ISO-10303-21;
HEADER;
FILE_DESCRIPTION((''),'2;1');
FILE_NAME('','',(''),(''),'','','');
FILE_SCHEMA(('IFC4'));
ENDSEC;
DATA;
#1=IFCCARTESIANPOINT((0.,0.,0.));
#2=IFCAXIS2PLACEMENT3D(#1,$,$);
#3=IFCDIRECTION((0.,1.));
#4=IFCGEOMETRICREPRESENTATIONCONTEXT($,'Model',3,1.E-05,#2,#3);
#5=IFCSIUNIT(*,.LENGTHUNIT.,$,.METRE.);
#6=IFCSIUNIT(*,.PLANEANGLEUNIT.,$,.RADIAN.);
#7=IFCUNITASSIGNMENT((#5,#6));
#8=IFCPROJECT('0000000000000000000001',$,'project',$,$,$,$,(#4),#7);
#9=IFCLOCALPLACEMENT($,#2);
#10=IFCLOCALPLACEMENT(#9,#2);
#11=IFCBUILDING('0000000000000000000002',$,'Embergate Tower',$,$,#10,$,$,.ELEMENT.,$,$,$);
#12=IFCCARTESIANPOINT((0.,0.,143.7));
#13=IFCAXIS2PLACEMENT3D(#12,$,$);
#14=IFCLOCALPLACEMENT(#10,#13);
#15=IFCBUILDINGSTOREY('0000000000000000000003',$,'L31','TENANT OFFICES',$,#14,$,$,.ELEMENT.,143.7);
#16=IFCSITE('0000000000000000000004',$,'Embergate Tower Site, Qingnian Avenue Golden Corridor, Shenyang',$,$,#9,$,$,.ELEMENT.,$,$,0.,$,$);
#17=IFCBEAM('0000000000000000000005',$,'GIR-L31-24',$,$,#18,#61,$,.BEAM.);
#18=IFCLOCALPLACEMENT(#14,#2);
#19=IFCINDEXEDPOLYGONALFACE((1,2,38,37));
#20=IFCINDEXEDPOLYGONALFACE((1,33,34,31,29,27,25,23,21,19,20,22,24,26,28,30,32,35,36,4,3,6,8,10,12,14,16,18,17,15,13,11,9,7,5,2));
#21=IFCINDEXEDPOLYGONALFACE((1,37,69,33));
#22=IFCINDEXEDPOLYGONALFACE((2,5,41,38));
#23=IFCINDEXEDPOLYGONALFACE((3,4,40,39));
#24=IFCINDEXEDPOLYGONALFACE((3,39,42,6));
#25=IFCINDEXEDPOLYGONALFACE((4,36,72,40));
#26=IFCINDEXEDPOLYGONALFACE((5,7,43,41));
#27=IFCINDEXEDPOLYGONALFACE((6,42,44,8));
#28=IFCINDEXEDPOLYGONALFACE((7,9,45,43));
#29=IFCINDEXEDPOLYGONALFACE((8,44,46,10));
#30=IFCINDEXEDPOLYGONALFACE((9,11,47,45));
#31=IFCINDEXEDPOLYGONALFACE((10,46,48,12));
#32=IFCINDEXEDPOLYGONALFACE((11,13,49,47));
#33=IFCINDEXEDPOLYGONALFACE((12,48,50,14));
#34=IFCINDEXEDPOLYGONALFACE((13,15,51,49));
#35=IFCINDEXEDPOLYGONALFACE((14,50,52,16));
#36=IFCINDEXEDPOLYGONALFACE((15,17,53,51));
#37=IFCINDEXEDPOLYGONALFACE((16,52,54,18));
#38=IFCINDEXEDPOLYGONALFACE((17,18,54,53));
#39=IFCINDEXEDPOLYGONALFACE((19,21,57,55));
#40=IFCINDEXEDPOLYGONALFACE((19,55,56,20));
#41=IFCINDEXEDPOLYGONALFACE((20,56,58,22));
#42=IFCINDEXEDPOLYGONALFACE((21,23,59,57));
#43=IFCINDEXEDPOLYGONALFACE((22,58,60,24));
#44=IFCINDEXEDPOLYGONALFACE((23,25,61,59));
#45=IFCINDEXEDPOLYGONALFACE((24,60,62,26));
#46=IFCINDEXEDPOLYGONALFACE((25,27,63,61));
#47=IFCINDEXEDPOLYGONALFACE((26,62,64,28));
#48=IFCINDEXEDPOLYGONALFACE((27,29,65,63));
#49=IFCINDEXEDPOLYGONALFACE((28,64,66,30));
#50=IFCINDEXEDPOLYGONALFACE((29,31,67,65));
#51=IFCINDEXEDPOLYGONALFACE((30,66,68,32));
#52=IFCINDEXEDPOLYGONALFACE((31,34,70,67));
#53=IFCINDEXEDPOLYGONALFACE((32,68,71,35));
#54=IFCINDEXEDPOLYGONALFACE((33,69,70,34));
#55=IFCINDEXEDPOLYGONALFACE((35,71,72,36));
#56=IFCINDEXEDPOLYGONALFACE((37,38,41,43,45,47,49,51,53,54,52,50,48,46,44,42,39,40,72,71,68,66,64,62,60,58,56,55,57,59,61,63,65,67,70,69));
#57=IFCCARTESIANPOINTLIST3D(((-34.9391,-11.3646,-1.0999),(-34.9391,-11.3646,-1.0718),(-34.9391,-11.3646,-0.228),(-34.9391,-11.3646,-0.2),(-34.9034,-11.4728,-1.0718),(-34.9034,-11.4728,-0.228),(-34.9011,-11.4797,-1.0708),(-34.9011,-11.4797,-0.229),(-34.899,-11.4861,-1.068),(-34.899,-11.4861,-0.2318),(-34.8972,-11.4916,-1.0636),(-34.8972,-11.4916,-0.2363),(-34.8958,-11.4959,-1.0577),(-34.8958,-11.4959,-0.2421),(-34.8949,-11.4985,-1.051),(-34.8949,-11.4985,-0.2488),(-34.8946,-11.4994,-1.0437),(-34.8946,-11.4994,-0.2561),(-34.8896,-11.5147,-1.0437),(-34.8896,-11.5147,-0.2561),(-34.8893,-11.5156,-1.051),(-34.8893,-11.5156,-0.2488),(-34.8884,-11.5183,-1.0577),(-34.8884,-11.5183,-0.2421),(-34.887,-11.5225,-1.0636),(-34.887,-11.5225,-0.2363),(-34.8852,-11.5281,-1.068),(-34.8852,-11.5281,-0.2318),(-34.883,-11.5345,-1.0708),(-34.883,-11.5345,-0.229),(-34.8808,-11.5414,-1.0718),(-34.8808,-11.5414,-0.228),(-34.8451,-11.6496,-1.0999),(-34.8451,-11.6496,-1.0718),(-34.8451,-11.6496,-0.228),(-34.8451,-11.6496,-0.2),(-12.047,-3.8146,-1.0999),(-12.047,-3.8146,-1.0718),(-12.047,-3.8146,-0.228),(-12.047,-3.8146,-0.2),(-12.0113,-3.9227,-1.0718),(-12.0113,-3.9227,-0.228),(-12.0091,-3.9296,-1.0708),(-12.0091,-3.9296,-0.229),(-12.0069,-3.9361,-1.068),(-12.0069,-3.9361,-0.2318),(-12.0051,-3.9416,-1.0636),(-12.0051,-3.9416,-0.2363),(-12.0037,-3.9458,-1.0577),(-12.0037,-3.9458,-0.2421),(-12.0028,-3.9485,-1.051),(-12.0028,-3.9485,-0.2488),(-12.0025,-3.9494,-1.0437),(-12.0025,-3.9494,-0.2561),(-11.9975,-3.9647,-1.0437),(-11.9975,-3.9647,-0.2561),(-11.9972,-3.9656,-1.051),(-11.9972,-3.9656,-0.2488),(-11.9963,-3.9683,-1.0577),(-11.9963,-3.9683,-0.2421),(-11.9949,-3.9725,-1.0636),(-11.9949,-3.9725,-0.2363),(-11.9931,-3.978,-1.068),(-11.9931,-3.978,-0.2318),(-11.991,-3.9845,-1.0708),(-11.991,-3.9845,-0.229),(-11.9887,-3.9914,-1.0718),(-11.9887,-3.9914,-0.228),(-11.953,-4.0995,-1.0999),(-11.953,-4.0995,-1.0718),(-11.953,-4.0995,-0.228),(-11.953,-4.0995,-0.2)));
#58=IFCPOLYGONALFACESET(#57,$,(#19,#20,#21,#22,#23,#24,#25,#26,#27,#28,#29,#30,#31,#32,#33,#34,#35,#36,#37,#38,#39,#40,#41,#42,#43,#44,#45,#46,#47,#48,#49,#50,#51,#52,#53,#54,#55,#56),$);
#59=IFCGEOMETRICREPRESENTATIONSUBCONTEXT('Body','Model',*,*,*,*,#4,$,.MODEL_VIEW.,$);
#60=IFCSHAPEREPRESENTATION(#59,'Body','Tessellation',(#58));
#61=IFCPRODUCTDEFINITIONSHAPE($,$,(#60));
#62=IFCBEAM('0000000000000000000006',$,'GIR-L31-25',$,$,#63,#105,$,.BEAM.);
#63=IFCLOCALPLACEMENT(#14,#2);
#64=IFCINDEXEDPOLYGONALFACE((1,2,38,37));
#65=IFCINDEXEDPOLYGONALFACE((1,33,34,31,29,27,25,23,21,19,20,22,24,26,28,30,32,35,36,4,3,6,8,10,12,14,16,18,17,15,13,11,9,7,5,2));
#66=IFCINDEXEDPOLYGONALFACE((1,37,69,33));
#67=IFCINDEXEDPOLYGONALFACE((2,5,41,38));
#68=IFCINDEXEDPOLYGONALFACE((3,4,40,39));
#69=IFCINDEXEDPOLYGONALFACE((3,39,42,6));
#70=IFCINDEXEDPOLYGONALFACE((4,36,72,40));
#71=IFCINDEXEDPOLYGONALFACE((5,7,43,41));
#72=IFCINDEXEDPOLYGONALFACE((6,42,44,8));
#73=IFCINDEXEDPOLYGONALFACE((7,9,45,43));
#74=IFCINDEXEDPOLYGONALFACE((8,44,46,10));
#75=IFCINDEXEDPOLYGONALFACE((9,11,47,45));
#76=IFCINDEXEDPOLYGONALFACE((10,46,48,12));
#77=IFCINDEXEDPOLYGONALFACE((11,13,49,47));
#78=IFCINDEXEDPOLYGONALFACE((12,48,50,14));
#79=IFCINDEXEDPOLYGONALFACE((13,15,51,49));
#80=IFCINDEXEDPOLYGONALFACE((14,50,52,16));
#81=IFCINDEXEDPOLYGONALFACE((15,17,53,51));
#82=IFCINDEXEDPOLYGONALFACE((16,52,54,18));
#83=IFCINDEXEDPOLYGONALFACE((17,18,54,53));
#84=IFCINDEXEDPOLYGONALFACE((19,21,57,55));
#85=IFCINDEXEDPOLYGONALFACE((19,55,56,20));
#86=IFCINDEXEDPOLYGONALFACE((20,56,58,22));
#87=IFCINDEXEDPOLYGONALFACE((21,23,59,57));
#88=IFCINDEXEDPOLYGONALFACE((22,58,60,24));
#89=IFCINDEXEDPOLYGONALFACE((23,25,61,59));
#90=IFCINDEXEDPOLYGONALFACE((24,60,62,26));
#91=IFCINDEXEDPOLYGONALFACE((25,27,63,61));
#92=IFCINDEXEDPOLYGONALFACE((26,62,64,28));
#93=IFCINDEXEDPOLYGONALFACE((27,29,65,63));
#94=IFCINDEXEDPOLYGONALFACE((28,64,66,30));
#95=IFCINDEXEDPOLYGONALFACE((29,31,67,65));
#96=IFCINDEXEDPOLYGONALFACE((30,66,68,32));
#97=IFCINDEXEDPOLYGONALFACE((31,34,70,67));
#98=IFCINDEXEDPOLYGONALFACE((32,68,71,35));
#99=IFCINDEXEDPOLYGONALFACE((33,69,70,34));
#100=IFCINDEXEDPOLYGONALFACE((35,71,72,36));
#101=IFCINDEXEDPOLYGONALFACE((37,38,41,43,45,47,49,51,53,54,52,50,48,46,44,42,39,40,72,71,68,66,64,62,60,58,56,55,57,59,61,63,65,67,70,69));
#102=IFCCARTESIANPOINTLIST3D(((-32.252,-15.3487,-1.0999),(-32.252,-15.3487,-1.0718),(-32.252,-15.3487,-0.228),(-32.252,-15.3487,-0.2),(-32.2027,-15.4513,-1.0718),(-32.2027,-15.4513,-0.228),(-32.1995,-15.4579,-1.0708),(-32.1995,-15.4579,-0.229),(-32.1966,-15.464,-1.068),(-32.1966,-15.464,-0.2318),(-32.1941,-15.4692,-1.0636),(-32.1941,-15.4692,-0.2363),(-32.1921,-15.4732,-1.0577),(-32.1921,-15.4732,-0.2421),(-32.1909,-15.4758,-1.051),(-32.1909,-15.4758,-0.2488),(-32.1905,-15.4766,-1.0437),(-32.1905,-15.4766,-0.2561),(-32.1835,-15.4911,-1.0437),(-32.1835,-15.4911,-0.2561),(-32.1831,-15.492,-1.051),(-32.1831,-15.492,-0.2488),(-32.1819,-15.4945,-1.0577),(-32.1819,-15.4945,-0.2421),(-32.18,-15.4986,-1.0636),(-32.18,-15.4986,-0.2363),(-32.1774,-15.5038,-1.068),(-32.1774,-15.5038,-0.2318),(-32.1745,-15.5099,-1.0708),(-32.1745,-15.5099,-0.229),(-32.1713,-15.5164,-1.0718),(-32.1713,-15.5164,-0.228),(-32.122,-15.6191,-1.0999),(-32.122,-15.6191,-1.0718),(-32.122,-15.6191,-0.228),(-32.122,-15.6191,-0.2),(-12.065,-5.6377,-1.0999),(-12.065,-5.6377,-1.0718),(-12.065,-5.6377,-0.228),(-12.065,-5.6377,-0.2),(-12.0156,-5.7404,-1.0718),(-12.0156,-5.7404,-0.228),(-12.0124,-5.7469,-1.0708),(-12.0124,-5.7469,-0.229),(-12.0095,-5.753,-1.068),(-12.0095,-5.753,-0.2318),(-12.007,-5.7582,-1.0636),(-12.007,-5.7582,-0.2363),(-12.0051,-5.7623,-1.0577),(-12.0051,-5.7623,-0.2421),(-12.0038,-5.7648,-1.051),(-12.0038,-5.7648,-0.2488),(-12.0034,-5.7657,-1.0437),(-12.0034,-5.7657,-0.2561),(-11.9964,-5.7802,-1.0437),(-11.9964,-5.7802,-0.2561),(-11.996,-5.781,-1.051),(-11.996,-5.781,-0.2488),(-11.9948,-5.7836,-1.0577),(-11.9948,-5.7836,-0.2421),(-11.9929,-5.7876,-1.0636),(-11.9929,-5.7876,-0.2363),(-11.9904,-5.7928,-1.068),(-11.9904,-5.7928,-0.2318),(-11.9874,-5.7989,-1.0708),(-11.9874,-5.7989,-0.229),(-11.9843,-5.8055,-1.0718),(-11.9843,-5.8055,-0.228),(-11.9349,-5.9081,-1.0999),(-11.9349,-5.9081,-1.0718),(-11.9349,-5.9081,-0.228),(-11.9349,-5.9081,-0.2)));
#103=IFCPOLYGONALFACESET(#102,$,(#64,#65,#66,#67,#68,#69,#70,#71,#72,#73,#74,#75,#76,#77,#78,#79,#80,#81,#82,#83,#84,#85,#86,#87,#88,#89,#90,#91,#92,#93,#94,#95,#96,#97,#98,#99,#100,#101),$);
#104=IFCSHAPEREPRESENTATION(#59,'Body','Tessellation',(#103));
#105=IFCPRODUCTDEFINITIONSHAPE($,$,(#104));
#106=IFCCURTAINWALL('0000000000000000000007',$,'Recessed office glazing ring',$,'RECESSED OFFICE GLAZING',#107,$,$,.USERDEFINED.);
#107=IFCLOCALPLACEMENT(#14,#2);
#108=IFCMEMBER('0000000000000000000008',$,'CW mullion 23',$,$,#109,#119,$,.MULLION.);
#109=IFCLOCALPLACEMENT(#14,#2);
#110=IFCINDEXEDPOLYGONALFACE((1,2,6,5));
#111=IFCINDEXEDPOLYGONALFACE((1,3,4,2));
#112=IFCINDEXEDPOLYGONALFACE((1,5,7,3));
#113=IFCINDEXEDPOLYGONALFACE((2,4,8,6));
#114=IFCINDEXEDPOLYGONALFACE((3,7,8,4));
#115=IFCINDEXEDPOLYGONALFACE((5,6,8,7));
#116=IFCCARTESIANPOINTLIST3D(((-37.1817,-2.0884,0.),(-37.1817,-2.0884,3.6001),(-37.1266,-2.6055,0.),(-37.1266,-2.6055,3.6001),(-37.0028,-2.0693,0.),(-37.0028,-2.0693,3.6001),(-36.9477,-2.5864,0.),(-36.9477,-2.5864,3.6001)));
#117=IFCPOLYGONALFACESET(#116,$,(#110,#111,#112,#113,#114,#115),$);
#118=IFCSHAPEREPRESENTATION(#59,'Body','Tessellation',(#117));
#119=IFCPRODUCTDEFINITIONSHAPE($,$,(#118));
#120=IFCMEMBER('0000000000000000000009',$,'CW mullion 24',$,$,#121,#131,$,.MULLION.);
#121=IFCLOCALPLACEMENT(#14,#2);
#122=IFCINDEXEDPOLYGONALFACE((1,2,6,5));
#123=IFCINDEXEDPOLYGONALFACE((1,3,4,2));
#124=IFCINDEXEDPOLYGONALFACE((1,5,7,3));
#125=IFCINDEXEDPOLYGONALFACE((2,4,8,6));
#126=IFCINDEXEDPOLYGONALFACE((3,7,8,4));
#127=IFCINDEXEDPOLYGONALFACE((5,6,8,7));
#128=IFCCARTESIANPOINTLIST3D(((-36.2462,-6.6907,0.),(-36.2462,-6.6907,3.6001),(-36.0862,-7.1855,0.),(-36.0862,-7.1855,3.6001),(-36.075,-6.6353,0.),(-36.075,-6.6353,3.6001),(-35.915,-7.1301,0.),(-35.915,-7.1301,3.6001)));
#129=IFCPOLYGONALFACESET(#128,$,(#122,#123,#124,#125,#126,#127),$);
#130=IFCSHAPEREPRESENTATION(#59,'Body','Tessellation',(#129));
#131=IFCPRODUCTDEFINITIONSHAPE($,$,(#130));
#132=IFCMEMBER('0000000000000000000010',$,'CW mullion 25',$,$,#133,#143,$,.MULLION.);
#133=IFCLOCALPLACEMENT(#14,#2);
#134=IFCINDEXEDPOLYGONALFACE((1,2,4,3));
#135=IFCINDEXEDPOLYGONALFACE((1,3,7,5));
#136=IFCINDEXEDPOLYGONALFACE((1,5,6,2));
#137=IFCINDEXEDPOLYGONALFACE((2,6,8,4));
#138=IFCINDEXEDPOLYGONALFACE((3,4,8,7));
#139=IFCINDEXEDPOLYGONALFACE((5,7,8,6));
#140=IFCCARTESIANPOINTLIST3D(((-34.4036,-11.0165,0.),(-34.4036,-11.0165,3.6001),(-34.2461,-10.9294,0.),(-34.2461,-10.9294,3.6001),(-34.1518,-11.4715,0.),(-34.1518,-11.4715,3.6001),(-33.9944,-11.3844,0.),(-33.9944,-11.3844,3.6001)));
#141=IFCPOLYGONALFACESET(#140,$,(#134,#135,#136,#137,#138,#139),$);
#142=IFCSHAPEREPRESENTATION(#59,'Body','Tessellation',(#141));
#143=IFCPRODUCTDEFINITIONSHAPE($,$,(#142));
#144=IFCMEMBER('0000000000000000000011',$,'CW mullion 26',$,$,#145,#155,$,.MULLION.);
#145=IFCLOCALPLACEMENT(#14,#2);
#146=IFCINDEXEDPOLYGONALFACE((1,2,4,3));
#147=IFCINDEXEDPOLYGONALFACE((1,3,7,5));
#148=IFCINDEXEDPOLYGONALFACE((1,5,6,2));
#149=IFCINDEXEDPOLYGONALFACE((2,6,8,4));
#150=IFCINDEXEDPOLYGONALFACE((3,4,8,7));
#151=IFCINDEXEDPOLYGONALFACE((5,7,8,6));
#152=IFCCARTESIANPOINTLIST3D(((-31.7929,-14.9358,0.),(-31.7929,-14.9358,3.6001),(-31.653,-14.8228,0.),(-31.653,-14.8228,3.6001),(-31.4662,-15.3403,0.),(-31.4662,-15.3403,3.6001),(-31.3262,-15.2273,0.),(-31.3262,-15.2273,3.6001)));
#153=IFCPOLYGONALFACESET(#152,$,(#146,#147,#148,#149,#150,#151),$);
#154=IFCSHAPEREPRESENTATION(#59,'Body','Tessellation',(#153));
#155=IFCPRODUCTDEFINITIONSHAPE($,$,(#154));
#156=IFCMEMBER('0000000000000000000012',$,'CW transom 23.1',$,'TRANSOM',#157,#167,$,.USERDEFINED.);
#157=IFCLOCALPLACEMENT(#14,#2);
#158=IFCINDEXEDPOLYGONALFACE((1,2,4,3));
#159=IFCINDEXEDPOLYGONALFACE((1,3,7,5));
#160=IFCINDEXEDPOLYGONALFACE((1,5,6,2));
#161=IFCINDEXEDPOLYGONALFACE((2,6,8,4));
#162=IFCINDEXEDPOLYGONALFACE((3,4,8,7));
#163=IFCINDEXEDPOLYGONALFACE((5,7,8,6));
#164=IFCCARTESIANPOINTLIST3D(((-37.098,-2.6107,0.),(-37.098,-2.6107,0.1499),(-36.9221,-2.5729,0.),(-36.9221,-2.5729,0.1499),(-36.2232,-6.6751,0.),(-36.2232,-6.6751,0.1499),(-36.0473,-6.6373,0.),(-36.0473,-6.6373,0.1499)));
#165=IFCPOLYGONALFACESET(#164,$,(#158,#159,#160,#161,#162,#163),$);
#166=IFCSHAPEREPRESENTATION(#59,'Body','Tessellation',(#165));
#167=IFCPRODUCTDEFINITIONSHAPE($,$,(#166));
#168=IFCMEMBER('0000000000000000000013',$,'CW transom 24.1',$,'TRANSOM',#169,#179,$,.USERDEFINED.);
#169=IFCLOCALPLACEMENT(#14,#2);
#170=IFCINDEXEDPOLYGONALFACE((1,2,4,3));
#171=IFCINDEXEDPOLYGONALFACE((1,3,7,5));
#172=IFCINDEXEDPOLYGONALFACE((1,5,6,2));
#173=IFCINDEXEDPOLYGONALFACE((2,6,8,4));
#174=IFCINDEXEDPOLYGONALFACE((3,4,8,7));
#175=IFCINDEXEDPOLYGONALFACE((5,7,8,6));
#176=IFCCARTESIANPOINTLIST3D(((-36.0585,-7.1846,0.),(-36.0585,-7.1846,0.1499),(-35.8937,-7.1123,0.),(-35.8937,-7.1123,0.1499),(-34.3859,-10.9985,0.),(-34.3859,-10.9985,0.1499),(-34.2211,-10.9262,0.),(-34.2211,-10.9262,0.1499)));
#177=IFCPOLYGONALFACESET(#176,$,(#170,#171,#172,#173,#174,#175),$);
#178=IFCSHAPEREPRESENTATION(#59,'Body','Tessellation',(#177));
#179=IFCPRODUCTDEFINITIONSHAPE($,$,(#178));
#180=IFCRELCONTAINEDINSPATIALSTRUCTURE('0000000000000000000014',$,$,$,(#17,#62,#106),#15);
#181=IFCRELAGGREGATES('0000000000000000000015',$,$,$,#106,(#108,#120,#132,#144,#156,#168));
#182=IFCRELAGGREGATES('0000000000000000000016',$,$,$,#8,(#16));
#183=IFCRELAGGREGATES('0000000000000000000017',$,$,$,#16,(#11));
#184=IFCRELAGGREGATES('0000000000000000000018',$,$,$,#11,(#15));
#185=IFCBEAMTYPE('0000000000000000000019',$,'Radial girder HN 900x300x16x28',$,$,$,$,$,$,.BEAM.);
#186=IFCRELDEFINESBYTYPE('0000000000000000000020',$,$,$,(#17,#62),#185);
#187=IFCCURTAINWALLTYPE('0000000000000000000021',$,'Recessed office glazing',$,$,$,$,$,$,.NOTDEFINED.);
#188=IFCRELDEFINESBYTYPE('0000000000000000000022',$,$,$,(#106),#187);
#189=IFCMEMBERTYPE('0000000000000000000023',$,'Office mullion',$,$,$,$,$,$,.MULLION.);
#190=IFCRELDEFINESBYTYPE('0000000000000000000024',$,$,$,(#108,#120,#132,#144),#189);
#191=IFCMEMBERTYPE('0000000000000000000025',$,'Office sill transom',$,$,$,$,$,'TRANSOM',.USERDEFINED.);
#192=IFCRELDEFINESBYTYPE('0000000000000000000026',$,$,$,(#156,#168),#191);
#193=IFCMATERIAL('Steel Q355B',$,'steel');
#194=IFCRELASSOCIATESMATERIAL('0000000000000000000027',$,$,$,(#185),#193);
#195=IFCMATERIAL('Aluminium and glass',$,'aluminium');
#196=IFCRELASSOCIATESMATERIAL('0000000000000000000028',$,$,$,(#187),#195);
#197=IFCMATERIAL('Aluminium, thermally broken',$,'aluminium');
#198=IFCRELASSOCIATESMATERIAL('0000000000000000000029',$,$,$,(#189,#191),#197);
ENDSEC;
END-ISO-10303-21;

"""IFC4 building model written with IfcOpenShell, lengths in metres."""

from ifc_helpers import new_model, si_unit, direction, frame, origin, origin_2d, place, context, subcontext, project, spatial, rectangle, i_section, extrude, source, transform, mapped, material, material_profile, profile_set, type_object, element, aggregate, save


model = new_model("IFC4")

# Units and contexts
model_context = context("Model", 3, precision=1e-05, world=origin(), true_north=direction((0.0, 1.0)))
body_context = subcontext(model_context, "Body", "Model", "MODEL_VIEW")
ifc_project = project(units=[si_unit("LENGTHUNIT", "METRE"), si_unit("PLANEANGLEUNIT", "RADIAN")], contexts=[model_context])

# Site, building, storey
site_placement = place(None, origin())
site = spatial("IfcSite", under=ifc_project, at=site_placement, Name="Embergate Tower Site, Qingnian Avenue Golden Corridor, Shenyang", CompositionType="ELEMENT", RefElevation=0.0)
building_placement = place(site_placement, origin())
building = spatial("IfcBuilding", under=site, at=building_placement, Name="Embergate Tower", CompositionType="ELEMENT")
storey_placement = place(building_placement, frame((0.0, 0.0, 143.7)))
storey = spatial("IfcBuildingStorey", under=building, at=storey_placement, Name="L31", Description="TENANT OFFICES", CompositionType="ELEMENT", Elevation=143.7)

# Beams
ifc_material_1 = material(Name="Steel Q355B", Category="steel")
ifc_material_profile_1 = material_profile(ifc_material_1, i_section(OverallWidth=0.3, OverallDepth=0.8999, WebThickness=0.0161, FlangeThickness=0.0281, FilletRadius=0.0281, at=origin_2d()), Name="HN 900x300x16x28")
ifc_profile_set_1 = profile_set([ifc_material_profile_1], Name="Steel Q355 grade B")
beam_type_1 = type_object("IfcBeamType", Name="Radial girder HN 900x300x16x28", PredefinedType="BEAM", material=ifc_profile_set_1)
shared_shape_1 = source(origin(), body_context, "Body", "SweptSolid", [
    extrude(i_section(OverallWidth=0.3, OverallDepth=0.8999, WebThickness=0.0161, FlangeThickness=0.0281, FilletRadius=0.0281, at=origin_2d()), origin(), (0.0, 0.0, 1.0), 24.105),
])
beam_1_placement = place(storey_placement, frame((-34.8921, -11.5071, -0.6499), z_axis=(0.949682, 0.313215, 0.0), x_axis=(-0.313215, 0.949682, 0.0)))
element("IfcBeam", 1, at=beam_1_placement, inside=storey, type_object=beam_type_1, Name="GIR-L31-24", PredefinedType="BEAM", context=body_context, shape_type="MappedRepresentation", body=[
    mapped(shared_shape_1, transform((0.0, 0.0, 0.0))),
])
shared_shape_2 = source(origin(), body_context, "Body", "SweptSolid", [
    extrude(i_section(OverallWidth=0.3, OverallDepth=0.8999, WebThickness=0.0161, FlangeThickness=0.0281, FilletRadius=0.0281, at=origin_2d()), origin(), (0.0, 0.0, 1.0), 22.4014),
])
beam_2_placement = place(storey_placement, frame((-32.187, -15.4839, -0.6499), z_axis=(0.901154, 0.433499, 0.0), x_axis=(-0.433499, 0.901154, 0.0)))
element("IfcBeam", 2, at=beam_2_placement, inside=storey, type_object=beam_type_1, Name="GIR-L31-25", PredefinedType="BEAM", context=body_context, shape_type="MappedRepresentation", body=[
    mapped(shared_shape_2, transform((0.0, 0.0, 0.0))),
])

# Curtain wall, members
ifc_material_2 = material(Name="Aluminium and glass", Category="aluminium")
curtain_wall_type = type_object("IfcCurtainWallType", Name="Recessed office glazing", PredefinedType="NOTDEFINED", material=ifc_material_2)
curtain_wall_placement = place(storey_placement, origin())
curtain_wall = element("IfcCurtainWall", 3, at=curtain_wall_placement, inside=storey, type_object=curtain_wall_type, Name="Recessed office glazing ring", ObjectType="RECESSED OFFICE GLAZING", PredefinedType="USERDEFINED")
ifc_material_3 = material(Name="Aluminium, thermally broken", Category="aluminium")
ifc_material_profile_2 = material_profile(ifc_material_3, rectangle(XDim=0.1799, YDim=0.52, at=origin_2d()), Name="AL 520x180")
ifc_profile_set_2 = profile_set([ifc_material_profile_2], Name="Aluminium, thermally broken")
member_type_1 = type_object("IfcMemberType", Name="Office mullion", PredefinedType="MULLION", material=ifc_profile_set_2)
shared_shape_3 = source(origin(), body_context, "Body", "SweptSolid", [
    extrude(rectangle(XDim=0.1799, YDim=0.52, at=origin_2d()), origin(), (0.0, 0.0, 1.0), 3.6001),
])
member_1_placement = place(storey_placement, frame((-37.0647, -2.3374, 0.0), z_axis=(0.0, 0.0, 1.0), x_axis=(0.994385, 0.105825, 0.0)))
member_1 = element("IfcMember", 4, at=member_1_placement, type_object=member_type_1, Name="CW mullion 23", PredefinedType="MULLION", context=body_context, shape_type="MappedRepresentation", body=[
    mapped(shared_shape_3, transform((0.0, 0.0, 0.0))),
])
member_2_placement = place(storey_placement, frame((-36.0806, -6.9104, 0.0), z_axis=(0.0, 0.0, 1.0), x_axis=(0.951496, 0.307661, 0.0)))
member_2 = element("IfcMember", 5, at=member_2_placement, type_object=member_type_1, Name="CW mullion 24", PredefinedType="MULLION", context=body_context, shape_type="MappedRepresentation", body=[
    mapped(shared_shape_3, transform((0.0, 0.0, 0.0))),
])
member_3_placement = place(storey_placement, frame((-34.199, -11.2004, 0.0), z_axis=(0.0, 0.0, 1.0), x_axis=(0.874999, 0.484126, 0.0)))
member_3 = element("IfcMember", 6, at=member_3_placement, type_object=member_type_1, Name="CW mullion 25", PredefinedType="MULLION", context=body_context, shape_type="MappedRepresentation", body=[
    mapped(shared_shape_3, transform((0.0, 0.0, 0.0))),
])
member_4_placement = place(storey_placement, frame((-31.5596, -15.0815, 0.0), z_axis=(0.0, 0.0, 1.0), x_axis=(0.777867, 0.628429, 0.0)))
member_4 = element("IfcMember", 7, at=member_4_placement, type_object=member_type_1, Name="CW mullion 26", PredefinedType="MULLION", context=body_context, shape_type="MappedRepresentation", body=[
    mapped(shared_shape_3, transform((0.0, 0.0, 0.0))),
])
ifc_material_profile_3 = material_profile(ifc_material_3, rectangle(XDim=0.1799, YDim=0.1499, at=origin_2d()), Name="AL 150x180")
ifc_profile_set_3 = profile_set([ifc_material_profile_3], Name="Aluminium, thermally broken")
member_type_2 = type_object("IfcMemberType", Name="Office sill transom", ElementType="TRANSOM", PredefinedType="USERDEFINED", material=ifc_profile_set_3)
shared_shape_4 = source(origin(), body_context, "Body", "SweptSolid", [
    extrude(rectangle(XDim=0.1799, YDim=0.1499, at=origin_2d()), origin(), (0.0, 0.0, 1.0), 4.1575),
])
member_5_placement = place(storey_placement, frame((-37.01, -2.5918, 0.075), z_axis=(0.210403, -0.977615, 0.0), x_axis=(0.977615, 0.210403, 0.0)))
member_5 = element("IfcMember", 8, at=member_5_placement, type_object=member_type_2, Name="CW transom 23.1", ObjectType="TRANSOM", PredefinedType="USERDEFINED", context=body_context, shape_type="MappedRepresentation", body=[
    mapped(shared_shape_4, transform((0.0, 0.0, 0.0))),
])
shared_shape_5 = source(origin(), body_context, "Body", "SweptSolid", [
    extrude(rectangle(XDim=0.1799, YDim=0.1499, at=origin_2d()), origin(), (0.0, 0.0, 1.0), 4.1646),
])
member_6_placement = place(storey_placement, frame((-35.9761, -7.1484, 0.075), z_axis=(0.401624, -0.915804, 0.0), x_axis=(0.915804, 0.401624, 0.0)))
member_6 = element("IfcMember", 9, at=member_6_placement, type_object=member_type_2, Name="CW transom 24.1", ObjectType="TRANSOM", PredefinedType="USERDEFINED", context=body_context, shape_type="MappedRepresentation", body=[
    mapped(shared_shape_5, transform((0.0, 0.0, 0.0))),
])
aggregate(curtain_wall, [member_1, member_2, member_3, member_4, member_5, member_6])

save(model, "model.ifc")
